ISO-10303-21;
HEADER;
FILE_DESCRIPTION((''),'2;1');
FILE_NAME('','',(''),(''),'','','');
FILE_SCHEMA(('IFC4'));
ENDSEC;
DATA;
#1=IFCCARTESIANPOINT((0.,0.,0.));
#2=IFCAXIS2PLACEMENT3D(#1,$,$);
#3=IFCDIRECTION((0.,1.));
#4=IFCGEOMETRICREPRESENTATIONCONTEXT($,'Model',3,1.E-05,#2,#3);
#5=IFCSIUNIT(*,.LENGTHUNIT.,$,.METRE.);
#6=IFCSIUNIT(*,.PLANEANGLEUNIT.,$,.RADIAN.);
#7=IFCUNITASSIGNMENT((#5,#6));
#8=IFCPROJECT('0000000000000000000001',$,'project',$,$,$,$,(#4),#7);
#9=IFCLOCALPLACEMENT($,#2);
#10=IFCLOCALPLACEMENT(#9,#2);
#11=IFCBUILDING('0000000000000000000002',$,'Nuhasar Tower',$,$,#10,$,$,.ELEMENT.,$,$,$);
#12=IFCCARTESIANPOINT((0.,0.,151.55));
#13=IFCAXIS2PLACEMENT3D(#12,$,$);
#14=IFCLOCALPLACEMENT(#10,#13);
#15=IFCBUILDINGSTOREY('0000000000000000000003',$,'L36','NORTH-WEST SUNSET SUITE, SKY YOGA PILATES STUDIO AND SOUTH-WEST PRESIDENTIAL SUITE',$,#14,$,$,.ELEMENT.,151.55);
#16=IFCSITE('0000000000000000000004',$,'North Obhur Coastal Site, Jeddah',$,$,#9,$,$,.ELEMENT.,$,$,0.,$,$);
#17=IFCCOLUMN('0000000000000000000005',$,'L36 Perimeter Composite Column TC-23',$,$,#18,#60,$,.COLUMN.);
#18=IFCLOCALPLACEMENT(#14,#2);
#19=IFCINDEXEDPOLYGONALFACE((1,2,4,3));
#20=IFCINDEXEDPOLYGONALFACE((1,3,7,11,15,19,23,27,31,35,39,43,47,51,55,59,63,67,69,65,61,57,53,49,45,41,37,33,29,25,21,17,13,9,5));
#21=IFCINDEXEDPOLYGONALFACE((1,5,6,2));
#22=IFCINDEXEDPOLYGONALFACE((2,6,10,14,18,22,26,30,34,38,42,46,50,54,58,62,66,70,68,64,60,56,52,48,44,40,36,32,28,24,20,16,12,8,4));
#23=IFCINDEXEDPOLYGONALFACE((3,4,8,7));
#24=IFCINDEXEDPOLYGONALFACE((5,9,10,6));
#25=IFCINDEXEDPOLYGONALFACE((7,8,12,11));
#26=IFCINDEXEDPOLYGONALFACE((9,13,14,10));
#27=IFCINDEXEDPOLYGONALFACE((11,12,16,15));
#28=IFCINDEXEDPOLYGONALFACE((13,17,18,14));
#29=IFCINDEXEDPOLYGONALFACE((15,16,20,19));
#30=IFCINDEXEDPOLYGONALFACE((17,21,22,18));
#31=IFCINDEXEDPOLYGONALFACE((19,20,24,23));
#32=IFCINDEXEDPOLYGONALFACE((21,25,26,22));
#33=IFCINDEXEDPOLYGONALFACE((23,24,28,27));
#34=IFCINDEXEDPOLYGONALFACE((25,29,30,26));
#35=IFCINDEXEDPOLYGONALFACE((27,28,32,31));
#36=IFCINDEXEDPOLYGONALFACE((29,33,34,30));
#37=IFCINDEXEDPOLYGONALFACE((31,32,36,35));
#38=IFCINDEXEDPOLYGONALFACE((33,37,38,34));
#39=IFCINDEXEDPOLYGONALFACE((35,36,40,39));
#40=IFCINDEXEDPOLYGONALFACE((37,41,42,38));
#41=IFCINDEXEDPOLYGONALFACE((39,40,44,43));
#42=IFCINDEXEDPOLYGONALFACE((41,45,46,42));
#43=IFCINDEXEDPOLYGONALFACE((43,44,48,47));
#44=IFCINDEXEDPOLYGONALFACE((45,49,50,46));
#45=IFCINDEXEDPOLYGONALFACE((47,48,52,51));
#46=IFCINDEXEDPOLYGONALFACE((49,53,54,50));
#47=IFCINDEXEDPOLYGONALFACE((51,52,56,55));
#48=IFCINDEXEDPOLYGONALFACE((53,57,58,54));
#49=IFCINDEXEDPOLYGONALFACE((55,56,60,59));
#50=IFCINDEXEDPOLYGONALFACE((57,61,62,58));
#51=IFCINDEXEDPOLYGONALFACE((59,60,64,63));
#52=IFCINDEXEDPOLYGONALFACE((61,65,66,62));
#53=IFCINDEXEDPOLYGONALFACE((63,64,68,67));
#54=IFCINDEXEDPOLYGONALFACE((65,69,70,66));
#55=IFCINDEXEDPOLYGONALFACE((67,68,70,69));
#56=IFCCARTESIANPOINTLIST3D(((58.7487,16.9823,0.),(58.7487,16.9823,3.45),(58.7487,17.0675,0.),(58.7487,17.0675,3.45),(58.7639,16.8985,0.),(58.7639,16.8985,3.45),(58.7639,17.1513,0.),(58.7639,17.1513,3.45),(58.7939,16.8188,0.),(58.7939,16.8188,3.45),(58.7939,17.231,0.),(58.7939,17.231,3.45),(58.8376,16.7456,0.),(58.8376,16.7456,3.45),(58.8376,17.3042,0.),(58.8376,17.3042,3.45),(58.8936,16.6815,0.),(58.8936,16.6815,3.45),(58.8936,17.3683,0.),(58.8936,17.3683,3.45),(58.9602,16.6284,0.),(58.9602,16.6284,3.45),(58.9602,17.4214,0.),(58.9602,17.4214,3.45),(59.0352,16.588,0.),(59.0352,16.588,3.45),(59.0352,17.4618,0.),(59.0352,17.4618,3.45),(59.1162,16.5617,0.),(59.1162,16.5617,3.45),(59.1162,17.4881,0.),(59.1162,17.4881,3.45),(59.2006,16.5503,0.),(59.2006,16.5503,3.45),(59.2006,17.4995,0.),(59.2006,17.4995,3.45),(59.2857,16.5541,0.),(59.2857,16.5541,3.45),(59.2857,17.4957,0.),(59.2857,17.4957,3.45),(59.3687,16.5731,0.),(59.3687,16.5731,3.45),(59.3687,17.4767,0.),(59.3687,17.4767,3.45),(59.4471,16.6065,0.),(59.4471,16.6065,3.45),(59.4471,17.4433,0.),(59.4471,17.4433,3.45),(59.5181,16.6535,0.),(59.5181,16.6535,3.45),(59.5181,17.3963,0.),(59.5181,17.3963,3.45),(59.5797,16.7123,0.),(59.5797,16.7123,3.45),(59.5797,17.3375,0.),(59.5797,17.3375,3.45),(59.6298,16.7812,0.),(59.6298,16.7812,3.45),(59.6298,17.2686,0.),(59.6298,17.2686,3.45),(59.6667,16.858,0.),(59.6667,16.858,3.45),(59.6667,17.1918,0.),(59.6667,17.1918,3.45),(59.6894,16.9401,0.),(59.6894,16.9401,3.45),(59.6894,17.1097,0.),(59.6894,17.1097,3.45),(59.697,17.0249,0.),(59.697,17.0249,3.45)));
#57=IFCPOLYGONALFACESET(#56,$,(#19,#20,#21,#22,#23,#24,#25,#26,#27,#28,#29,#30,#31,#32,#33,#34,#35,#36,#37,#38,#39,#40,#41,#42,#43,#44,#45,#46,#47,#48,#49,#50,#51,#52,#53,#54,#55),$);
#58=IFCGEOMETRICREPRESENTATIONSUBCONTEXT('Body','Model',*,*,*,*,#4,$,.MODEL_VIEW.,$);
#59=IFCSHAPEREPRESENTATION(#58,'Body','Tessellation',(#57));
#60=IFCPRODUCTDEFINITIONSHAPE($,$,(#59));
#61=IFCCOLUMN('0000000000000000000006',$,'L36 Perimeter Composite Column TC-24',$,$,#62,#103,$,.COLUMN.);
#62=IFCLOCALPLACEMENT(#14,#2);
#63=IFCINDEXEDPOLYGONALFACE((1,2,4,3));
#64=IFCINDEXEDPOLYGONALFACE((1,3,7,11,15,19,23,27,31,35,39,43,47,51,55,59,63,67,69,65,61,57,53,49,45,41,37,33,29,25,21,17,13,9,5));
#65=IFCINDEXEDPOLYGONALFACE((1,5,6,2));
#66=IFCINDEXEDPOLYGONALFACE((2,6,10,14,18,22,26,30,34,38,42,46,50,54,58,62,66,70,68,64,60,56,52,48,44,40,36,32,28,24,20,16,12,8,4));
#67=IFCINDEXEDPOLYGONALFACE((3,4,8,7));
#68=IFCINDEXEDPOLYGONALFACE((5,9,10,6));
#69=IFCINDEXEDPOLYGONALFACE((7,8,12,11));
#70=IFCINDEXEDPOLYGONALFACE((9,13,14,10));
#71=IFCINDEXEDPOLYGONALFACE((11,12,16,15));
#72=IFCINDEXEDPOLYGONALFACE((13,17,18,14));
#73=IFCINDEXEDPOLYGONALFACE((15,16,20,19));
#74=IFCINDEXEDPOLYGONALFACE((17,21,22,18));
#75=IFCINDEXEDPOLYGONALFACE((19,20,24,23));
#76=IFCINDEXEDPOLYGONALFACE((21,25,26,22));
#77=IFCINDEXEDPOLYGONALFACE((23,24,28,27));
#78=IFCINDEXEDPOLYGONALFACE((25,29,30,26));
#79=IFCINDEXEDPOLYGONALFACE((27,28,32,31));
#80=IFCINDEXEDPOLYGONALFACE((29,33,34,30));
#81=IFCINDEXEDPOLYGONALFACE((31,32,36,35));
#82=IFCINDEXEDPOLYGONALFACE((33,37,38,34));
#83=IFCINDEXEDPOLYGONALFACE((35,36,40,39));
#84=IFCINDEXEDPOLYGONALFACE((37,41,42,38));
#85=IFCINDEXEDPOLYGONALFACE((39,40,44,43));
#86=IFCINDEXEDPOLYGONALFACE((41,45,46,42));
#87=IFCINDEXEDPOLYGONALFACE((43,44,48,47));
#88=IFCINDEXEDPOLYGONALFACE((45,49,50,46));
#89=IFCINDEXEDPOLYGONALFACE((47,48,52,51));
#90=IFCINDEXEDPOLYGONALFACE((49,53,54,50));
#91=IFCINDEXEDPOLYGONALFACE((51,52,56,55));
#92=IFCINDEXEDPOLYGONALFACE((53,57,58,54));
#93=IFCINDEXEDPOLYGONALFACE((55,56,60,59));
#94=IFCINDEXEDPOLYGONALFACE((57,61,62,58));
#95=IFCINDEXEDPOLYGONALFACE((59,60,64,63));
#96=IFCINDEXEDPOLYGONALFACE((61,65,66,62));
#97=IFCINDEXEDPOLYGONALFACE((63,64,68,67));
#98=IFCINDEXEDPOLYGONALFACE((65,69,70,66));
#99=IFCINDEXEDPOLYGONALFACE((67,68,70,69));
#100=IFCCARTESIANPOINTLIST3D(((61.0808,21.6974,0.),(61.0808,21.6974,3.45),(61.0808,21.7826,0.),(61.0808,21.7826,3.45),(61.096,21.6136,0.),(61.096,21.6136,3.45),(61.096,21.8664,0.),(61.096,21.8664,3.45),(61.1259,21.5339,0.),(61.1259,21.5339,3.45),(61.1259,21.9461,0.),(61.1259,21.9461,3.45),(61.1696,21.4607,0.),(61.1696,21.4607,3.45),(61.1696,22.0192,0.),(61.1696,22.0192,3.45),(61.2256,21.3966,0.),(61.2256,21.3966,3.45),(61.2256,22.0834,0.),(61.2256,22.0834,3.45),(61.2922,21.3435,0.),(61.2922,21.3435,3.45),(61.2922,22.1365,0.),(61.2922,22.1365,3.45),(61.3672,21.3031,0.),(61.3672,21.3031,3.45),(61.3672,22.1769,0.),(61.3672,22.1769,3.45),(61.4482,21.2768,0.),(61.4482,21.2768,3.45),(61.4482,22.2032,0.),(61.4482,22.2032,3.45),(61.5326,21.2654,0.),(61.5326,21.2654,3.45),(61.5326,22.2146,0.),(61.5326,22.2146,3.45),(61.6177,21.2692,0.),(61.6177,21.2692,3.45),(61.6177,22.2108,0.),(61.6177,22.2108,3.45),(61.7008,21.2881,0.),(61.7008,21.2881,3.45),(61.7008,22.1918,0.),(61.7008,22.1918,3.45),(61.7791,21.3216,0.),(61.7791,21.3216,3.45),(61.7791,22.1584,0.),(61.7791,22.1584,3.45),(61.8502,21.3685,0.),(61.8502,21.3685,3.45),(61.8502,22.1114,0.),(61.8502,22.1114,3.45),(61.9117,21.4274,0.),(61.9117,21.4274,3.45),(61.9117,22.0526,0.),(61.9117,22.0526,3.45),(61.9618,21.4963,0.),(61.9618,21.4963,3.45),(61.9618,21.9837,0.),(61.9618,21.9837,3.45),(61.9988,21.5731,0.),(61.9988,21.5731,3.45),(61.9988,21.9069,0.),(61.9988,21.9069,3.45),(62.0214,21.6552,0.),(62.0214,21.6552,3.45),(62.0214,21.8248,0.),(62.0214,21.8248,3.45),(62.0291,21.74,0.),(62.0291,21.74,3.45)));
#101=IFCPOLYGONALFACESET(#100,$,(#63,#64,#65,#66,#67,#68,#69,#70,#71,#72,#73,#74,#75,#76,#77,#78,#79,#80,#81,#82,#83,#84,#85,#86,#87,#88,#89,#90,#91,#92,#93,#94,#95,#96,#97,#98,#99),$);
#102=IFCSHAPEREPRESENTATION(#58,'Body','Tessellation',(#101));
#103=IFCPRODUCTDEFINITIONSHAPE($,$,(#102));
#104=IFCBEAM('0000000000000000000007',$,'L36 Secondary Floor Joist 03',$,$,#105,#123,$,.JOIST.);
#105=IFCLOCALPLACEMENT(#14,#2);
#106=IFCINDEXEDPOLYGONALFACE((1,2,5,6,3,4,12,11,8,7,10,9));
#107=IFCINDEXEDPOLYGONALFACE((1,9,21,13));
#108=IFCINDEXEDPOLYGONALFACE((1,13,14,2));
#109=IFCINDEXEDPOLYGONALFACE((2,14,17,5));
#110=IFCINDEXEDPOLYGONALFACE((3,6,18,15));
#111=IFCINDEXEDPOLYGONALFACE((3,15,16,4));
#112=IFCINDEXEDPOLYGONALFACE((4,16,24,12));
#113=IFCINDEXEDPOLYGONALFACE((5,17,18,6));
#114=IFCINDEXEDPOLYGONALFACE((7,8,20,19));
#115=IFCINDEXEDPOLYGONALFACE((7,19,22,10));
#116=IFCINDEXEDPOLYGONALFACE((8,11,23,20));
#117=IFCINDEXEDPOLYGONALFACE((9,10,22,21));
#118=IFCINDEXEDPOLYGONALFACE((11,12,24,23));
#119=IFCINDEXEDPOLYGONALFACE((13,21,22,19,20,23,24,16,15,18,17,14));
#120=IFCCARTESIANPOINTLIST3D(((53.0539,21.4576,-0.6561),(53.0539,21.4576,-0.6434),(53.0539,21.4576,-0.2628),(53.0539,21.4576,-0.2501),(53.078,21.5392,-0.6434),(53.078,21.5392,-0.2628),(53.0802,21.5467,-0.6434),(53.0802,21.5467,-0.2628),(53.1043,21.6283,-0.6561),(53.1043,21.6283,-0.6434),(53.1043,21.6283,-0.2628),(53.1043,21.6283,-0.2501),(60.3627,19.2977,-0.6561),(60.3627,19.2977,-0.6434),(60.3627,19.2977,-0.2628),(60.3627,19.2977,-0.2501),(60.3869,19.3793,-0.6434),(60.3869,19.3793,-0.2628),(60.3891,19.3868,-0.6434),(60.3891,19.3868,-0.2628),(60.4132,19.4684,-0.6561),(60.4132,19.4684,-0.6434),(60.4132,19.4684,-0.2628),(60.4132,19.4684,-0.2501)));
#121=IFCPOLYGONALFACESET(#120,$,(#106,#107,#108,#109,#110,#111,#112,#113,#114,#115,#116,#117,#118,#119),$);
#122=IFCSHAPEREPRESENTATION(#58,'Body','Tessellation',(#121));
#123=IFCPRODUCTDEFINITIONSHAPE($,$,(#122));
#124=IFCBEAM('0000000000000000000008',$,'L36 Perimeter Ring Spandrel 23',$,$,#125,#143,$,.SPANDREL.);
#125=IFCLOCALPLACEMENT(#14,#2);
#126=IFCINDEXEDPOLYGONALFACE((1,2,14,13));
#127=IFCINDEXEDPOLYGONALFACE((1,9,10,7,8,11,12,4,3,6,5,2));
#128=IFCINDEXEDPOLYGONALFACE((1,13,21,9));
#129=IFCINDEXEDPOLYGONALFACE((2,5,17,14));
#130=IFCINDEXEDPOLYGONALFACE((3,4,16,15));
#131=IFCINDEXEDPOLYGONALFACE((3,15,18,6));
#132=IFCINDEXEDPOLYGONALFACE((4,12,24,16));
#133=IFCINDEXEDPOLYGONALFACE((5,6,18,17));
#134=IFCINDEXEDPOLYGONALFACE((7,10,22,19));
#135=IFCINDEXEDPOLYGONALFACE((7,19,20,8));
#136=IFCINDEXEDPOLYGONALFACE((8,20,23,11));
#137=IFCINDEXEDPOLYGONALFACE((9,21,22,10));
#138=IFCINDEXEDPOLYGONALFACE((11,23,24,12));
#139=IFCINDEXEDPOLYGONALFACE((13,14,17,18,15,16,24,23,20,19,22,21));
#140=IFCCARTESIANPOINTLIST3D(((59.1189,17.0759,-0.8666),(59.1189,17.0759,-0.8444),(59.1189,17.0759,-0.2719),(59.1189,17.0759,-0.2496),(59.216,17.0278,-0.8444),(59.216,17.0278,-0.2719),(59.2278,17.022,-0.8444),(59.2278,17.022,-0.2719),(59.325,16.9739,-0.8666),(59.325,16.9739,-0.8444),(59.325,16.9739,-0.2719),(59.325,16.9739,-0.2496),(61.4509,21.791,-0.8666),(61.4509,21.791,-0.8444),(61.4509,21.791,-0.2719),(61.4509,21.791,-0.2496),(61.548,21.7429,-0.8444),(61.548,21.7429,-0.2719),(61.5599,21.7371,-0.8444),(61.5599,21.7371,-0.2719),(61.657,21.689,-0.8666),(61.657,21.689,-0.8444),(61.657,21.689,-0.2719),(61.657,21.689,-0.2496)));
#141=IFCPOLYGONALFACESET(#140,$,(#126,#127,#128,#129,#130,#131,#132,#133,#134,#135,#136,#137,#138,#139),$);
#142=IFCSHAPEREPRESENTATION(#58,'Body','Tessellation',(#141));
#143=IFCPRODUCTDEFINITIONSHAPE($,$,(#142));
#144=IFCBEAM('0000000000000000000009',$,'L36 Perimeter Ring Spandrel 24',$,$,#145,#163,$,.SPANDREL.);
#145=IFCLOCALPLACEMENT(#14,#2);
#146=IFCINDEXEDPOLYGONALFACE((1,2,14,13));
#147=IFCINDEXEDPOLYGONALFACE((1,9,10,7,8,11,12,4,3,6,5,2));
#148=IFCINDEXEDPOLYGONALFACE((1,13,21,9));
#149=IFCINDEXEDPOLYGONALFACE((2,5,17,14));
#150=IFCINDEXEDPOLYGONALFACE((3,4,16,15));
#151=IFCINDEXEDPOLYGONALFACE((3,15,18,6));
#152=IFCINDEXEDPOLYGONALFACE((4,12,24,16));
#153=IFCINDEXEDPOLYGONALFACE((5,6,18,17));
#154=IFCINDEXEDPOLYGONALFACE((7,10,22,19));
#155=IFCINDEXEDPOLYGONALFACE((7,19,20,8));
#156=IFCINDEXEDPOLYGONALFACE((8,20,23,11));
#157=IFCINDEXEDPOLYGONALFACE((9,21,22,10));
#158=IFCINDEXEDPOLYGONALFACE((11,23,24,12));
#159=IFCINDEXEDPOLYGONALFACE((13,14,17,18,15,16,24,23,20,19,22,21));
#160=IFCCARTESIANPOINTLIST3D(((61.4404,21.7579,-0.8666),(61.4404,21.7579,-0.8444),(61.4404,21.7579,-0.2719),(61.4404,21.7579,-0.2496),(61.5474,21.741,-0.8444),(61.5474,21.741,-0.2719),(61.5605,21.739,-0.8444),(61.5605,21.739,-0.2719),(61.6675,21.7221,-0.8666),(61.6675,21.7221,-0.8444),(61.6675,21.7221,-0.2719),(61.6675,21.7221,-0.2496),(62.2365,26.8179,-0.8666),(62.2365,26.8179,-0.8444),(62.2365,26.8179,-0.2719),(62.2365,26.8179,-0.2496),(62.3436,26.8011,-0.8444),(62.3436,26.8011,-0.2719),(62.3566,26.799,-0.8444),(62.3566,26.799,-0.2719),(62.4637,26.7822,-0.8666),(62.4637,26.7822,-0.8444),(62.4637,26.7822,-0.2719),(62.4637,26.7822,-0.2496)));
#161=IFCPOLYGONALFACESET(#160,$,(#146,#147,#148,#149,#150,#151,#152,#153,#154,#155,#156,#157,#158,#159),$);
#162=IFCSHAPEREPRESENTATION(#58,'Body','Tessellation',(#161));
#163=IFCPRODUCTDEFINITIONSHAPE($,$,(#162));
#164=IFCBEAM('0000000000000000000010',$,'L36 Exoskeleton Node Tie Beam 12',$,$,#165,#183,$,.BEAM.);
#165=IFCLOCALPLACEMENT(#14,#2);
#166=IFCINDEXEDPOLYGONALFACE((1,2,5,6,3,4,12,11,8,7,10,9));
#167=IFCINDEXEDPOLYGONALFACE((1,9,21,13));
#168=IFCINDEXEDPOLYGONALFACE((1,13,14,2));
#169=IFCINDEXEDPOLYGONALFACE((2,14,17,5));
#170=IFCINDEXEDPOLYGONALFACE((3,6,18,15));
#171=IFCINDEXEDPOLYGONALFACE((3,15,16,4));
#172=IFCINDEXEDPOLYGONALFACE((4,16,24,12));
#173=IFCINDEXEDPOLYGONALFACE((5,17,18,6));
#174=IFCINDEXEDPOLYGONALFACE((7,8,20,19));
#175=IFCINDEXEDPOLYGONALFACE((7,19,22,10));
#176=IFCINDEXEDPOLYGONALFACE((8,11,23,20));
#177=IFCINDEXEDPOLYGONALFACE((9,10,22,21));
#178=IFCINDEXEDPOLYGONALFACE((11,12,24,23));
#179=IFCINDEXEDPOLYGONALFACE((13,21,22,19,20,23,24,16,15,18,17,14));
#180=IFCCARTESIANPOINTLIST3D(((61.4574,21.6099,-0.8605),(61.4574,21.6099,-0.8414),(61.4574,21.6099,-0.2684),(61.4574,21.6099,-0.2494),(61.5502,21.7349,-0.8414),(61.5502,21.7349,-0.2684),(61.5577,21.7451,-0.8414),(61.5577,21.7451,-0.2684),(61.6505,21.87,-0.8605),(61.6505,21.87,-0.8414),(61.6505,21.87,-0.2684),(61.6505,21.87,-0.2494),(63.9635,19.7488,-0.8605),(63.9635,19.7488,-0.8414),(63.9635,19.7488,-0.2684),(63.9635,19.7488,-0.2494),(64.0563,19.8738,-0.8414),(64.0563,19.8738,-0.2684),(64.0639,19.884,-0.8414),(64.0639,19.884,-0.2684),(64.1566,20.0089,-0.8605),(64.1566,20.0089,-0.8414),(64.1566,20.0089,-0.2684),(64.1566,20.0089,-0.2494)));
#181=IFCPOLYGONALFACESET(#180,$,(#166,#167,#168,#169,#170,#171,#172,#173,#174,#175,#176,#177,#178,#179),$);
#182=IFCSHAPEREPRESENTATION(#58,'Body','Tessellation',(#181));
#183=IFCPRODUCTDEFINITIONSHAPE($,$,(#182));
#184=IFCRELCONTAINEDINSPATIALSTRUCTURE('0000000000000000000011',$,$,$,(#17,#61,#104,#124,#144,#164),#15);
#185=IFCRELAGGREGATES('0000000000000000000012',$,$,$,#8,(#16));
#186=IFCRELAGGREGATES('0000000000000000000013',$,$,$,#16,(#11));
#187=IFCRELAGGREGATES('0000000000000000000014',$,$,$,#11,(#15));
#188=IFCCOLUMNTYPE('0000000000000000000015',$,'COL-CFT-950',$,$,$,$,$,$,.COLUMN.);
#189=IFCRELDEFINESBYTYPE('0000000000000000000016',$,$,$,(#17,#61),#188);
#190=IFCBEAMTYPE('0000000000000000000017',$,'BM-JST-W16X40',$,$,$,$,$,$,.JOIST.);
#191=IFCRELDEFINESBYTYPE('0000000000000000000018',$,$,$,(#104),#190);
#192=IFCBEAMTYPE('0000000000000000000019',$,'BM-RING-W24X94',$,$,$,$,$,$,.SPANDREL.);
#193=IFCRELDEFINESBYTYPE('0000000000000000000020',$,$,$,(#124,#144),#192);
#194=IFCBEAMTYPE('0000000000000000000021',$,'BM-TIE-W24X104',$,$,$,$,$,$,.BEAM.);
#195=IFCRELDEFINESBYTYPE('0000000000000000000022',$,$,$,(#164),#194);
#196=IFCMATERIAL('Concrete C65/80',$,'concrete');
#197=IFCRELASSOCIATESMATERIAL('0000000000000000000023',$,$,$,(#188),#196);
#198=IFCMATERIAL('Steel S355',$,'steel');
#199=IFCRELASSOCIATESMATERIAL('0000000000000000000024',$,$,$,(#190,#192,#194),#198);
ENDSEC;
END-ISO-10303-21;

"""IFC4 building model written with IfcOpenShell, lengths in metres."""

from ifc_helpers import new_model, si_unit, direction, frame, origin, origin_2d, place, context, subcontext, project, spatial, circle, i_section, extrude, material, material_profile, profile_set, type_object, element, save


model = new_model("IFC4")

# Units and contexts
model_context = context("Model", 3, precision=1e-05, world=origin(), true_north=direction((0.0, 1.0)))
body_context = subcontext(model_context, "Body", "Model", "MODEL_VIEW")
ifc_project = project(units=[si_unit("LENGTHUNIT", "METRE"), si_unit("PLANEANGLEUNIT", "RADIAN")], contexts=[model_context])

# Site, building, storey
site_placement = place(None, origin())
site = spatial("IfcSite", under=ifc_project, at=site_placement, Name="North Obhur Coastal Site, Jeddah", CompositionType="ELEMENT", RefElevation=0.0)
building_placement = place(site_placement, origin())
building = spatial("IfcBuilding", under=site, at=building_placement, Name="Nuhasar Tower", CompositionType="ELEMENT")
storey_placement = place(building_placement, frame((0.0, 0.0, 151.55)))
storey = spatial("IfcBuildingStorey", under=building, at=storey_placement, Name="L36", Description="NORTH-WEST SUNSET SUITE, SKY YOGA PILATES STUDIO AND SOUTH-WEST PRESIDENTIAL SUITE", CompositionType="ELEMENT", Elevation=151.55)

# Columns
ifc_material_1 = material(Name="Concrete C65/80", Category="concrete")
ifc_material_profile_1 = material_profile(ifc_material_1, circle(Radius=0.4751, at=origin_2d()), Name="CFT950")
ifc_profile_set_1 = profile_set([ifc_material_profile_1], Name="Concrete C65/80")
column_type = type_object("IfcColumnType", Name="COL-CFT-950", PredefinedType="COLUMN", material=ifc_profile_set_1)
for number, where, z_axis, x_axis, name in (
    (1, (59.2219, 17.0249, 0.0), (0.0, 0.0, 1.0), (1.0, 0.0, 0.0), "L36 Perimeter Composite Column TC-23"),
    (2, (61.554, 21.74, 0.0), (0.0, 0.0, 1.0), (1.0, 0.0, 0.0), "L36 Perimeter Composite Column TC-24"),
):
    element("IfcColumn", number, at=place(storey_placement, frame(where, z_axis=z_axis, x_axis=x_axis)), inside=storey, type_object=column_type, Name=name, PredefinedType="COLUMN", context=body_context, shape_type="SweptSolid", body=[
        extrude(circle(Radius=0.4751, at=origin_2d()), origin(), (0.0, 0.0, 1.0), 3.45),
    ])

# Beams
ifc_material_2 = material(Name="Steel S355", Category="steel")
ifc_material_profile_2 = material_profile(ifc_material_2, i_section(OverallWidth=0.178, OverallDepth=0.406, WebThickness=0.0078, FlangeThickness=0.0127, at=origin_2d()), Name="W16X40")
ifc_profile_set_2 = profile_set([ifc_material_profile_2], Name="Steel S355")
beam_type_1 = type_object("IfcBeamType", Name="BM-JST-W16X40", PredefinedType="JOIST", material=ifc_profile_set_2)
beam_1_placement = place(storey_placement, frame((53.0791, 21.543, -0.4531), z_axis=(0.959, -0.283404, 0.0), x_axis=(0.283404, 0.959, 0.0)))
element("IfcBeam", 3, at=beam_1_placement, inside=storey, type_object=beam_type_1, Name="L36 Secondary Floor Joist 03", PredefinedType="JOIST", context=body_context, shape_type="SweptSolid", body=[
    extrude(i_section(OverallWidth=0.178, OverallDepth=0.406, WebThickness=0.0078, FlangeThickness=0.0127, at=origin_2d()), origin(), (0.0, 0.0, 1.0), 7.6213),
])
ifc_material_profile_3 = material_profile(ifc_material_2, i_section(OverallWidth=0.23, OverallDepth=0.6169, WebThickness=0.0132, FlangeThickness=0.0222, at=origin_2d()), Name="W24X94")
ifc_profile_set_3 = profile_set([ifc_material_profile_3], Name="Steel S355")
beam_type_2 = type_object("IfcBeamType", Name="BM-RING-W24X94", PredefinedType="SPANDREL", material=ifc_profile_set_3)
beam_2_placement = place(storey_placement, frame((59.2219, 17.0249, -0.5581), z_axis=(0.443329, 0.896359, 0.0), x_axis=(-0.896359, 0.443329, 0.0)))
element("IfcBeam", 4, at=beam_2_placement, inside=storey, type_object=beam_type_2, Name="L36 Perimeter Ring Spandrel 23", PredefinedType="SPANDREL", context=body_context, shape_type="SweptSolid", body=[
    extrude(i_section(OverallWidth=0.23, OverallDepth=0.6169, WebThickness=0.0132, FlangeThickness=0.0222, at=origin_2d()), origin(), (0.0, 0.0, 1.0), 5.2603),
])
beam_3_placement = place(storey_placement, frame((61.554, 21.74, -0.5581), z_axis=(0.155427, 0.987847, 0.0), x_axis=(-0.987847, 0.155427, 0.0)))
element("IfcBeam", 5, at=beam_3_placement, inside=storey, type_object=beam_type_2, Name="L36 Perimeter Ring Spandrel 24", PredefinedType="SPANDREL", context=body_context, shape_type="SweptSolid", body=[
    extrude(i_section(OverallWidth=0.23, OverallDepth=0.6169, WebThickness=0.0132, FlangeThickness=0.0222, at=origin_2d()), origin(), (0.0, 0.0, 1.0), 5.1223),
])
ifc_material_profile_4 = material_profile(ifc_material_2, i_section(OverallWidth=0.324, OverallDepth=0.6111, WebThickness=0.0127, FlangeThickness=0.019, at=origin_2d()), Name="W24X104")
ifc_profile_set_4 = profile_set([ifc_material_profile_4], Name="Steel S355")
beam_type_3 = type_object("IfcBeamType", Name="BM-TIE-W24X104", PredefinedType="BEAM", material=ifc_profile_set_4)
beam_4_placement = place(storey_placement, frame((61.554, 21.74, -0.5549), z_axis=(0.802835, -0.596202, 0.0), x_axis=(0.596202, 0.802835, 0.0)))
element("IfcBeam", 6, at=beam_4_placement, inside=storey, type_object=beam_type_3, Name="L36 Exoskeleton Node Tie Beam 12", PredefinedType="BEAM", context=body_context, shape_type="SweptSolid", body=[
    extrude(i_section(OverallWidth=0.324, OverallDepth=0.6111, WebThickness=0.0127, FlangeThickness=0.019, at=origin_2d()), origin(), (0.0, 0.0, 1.0), 3.1216),
])

save(model, "model.ifc")
